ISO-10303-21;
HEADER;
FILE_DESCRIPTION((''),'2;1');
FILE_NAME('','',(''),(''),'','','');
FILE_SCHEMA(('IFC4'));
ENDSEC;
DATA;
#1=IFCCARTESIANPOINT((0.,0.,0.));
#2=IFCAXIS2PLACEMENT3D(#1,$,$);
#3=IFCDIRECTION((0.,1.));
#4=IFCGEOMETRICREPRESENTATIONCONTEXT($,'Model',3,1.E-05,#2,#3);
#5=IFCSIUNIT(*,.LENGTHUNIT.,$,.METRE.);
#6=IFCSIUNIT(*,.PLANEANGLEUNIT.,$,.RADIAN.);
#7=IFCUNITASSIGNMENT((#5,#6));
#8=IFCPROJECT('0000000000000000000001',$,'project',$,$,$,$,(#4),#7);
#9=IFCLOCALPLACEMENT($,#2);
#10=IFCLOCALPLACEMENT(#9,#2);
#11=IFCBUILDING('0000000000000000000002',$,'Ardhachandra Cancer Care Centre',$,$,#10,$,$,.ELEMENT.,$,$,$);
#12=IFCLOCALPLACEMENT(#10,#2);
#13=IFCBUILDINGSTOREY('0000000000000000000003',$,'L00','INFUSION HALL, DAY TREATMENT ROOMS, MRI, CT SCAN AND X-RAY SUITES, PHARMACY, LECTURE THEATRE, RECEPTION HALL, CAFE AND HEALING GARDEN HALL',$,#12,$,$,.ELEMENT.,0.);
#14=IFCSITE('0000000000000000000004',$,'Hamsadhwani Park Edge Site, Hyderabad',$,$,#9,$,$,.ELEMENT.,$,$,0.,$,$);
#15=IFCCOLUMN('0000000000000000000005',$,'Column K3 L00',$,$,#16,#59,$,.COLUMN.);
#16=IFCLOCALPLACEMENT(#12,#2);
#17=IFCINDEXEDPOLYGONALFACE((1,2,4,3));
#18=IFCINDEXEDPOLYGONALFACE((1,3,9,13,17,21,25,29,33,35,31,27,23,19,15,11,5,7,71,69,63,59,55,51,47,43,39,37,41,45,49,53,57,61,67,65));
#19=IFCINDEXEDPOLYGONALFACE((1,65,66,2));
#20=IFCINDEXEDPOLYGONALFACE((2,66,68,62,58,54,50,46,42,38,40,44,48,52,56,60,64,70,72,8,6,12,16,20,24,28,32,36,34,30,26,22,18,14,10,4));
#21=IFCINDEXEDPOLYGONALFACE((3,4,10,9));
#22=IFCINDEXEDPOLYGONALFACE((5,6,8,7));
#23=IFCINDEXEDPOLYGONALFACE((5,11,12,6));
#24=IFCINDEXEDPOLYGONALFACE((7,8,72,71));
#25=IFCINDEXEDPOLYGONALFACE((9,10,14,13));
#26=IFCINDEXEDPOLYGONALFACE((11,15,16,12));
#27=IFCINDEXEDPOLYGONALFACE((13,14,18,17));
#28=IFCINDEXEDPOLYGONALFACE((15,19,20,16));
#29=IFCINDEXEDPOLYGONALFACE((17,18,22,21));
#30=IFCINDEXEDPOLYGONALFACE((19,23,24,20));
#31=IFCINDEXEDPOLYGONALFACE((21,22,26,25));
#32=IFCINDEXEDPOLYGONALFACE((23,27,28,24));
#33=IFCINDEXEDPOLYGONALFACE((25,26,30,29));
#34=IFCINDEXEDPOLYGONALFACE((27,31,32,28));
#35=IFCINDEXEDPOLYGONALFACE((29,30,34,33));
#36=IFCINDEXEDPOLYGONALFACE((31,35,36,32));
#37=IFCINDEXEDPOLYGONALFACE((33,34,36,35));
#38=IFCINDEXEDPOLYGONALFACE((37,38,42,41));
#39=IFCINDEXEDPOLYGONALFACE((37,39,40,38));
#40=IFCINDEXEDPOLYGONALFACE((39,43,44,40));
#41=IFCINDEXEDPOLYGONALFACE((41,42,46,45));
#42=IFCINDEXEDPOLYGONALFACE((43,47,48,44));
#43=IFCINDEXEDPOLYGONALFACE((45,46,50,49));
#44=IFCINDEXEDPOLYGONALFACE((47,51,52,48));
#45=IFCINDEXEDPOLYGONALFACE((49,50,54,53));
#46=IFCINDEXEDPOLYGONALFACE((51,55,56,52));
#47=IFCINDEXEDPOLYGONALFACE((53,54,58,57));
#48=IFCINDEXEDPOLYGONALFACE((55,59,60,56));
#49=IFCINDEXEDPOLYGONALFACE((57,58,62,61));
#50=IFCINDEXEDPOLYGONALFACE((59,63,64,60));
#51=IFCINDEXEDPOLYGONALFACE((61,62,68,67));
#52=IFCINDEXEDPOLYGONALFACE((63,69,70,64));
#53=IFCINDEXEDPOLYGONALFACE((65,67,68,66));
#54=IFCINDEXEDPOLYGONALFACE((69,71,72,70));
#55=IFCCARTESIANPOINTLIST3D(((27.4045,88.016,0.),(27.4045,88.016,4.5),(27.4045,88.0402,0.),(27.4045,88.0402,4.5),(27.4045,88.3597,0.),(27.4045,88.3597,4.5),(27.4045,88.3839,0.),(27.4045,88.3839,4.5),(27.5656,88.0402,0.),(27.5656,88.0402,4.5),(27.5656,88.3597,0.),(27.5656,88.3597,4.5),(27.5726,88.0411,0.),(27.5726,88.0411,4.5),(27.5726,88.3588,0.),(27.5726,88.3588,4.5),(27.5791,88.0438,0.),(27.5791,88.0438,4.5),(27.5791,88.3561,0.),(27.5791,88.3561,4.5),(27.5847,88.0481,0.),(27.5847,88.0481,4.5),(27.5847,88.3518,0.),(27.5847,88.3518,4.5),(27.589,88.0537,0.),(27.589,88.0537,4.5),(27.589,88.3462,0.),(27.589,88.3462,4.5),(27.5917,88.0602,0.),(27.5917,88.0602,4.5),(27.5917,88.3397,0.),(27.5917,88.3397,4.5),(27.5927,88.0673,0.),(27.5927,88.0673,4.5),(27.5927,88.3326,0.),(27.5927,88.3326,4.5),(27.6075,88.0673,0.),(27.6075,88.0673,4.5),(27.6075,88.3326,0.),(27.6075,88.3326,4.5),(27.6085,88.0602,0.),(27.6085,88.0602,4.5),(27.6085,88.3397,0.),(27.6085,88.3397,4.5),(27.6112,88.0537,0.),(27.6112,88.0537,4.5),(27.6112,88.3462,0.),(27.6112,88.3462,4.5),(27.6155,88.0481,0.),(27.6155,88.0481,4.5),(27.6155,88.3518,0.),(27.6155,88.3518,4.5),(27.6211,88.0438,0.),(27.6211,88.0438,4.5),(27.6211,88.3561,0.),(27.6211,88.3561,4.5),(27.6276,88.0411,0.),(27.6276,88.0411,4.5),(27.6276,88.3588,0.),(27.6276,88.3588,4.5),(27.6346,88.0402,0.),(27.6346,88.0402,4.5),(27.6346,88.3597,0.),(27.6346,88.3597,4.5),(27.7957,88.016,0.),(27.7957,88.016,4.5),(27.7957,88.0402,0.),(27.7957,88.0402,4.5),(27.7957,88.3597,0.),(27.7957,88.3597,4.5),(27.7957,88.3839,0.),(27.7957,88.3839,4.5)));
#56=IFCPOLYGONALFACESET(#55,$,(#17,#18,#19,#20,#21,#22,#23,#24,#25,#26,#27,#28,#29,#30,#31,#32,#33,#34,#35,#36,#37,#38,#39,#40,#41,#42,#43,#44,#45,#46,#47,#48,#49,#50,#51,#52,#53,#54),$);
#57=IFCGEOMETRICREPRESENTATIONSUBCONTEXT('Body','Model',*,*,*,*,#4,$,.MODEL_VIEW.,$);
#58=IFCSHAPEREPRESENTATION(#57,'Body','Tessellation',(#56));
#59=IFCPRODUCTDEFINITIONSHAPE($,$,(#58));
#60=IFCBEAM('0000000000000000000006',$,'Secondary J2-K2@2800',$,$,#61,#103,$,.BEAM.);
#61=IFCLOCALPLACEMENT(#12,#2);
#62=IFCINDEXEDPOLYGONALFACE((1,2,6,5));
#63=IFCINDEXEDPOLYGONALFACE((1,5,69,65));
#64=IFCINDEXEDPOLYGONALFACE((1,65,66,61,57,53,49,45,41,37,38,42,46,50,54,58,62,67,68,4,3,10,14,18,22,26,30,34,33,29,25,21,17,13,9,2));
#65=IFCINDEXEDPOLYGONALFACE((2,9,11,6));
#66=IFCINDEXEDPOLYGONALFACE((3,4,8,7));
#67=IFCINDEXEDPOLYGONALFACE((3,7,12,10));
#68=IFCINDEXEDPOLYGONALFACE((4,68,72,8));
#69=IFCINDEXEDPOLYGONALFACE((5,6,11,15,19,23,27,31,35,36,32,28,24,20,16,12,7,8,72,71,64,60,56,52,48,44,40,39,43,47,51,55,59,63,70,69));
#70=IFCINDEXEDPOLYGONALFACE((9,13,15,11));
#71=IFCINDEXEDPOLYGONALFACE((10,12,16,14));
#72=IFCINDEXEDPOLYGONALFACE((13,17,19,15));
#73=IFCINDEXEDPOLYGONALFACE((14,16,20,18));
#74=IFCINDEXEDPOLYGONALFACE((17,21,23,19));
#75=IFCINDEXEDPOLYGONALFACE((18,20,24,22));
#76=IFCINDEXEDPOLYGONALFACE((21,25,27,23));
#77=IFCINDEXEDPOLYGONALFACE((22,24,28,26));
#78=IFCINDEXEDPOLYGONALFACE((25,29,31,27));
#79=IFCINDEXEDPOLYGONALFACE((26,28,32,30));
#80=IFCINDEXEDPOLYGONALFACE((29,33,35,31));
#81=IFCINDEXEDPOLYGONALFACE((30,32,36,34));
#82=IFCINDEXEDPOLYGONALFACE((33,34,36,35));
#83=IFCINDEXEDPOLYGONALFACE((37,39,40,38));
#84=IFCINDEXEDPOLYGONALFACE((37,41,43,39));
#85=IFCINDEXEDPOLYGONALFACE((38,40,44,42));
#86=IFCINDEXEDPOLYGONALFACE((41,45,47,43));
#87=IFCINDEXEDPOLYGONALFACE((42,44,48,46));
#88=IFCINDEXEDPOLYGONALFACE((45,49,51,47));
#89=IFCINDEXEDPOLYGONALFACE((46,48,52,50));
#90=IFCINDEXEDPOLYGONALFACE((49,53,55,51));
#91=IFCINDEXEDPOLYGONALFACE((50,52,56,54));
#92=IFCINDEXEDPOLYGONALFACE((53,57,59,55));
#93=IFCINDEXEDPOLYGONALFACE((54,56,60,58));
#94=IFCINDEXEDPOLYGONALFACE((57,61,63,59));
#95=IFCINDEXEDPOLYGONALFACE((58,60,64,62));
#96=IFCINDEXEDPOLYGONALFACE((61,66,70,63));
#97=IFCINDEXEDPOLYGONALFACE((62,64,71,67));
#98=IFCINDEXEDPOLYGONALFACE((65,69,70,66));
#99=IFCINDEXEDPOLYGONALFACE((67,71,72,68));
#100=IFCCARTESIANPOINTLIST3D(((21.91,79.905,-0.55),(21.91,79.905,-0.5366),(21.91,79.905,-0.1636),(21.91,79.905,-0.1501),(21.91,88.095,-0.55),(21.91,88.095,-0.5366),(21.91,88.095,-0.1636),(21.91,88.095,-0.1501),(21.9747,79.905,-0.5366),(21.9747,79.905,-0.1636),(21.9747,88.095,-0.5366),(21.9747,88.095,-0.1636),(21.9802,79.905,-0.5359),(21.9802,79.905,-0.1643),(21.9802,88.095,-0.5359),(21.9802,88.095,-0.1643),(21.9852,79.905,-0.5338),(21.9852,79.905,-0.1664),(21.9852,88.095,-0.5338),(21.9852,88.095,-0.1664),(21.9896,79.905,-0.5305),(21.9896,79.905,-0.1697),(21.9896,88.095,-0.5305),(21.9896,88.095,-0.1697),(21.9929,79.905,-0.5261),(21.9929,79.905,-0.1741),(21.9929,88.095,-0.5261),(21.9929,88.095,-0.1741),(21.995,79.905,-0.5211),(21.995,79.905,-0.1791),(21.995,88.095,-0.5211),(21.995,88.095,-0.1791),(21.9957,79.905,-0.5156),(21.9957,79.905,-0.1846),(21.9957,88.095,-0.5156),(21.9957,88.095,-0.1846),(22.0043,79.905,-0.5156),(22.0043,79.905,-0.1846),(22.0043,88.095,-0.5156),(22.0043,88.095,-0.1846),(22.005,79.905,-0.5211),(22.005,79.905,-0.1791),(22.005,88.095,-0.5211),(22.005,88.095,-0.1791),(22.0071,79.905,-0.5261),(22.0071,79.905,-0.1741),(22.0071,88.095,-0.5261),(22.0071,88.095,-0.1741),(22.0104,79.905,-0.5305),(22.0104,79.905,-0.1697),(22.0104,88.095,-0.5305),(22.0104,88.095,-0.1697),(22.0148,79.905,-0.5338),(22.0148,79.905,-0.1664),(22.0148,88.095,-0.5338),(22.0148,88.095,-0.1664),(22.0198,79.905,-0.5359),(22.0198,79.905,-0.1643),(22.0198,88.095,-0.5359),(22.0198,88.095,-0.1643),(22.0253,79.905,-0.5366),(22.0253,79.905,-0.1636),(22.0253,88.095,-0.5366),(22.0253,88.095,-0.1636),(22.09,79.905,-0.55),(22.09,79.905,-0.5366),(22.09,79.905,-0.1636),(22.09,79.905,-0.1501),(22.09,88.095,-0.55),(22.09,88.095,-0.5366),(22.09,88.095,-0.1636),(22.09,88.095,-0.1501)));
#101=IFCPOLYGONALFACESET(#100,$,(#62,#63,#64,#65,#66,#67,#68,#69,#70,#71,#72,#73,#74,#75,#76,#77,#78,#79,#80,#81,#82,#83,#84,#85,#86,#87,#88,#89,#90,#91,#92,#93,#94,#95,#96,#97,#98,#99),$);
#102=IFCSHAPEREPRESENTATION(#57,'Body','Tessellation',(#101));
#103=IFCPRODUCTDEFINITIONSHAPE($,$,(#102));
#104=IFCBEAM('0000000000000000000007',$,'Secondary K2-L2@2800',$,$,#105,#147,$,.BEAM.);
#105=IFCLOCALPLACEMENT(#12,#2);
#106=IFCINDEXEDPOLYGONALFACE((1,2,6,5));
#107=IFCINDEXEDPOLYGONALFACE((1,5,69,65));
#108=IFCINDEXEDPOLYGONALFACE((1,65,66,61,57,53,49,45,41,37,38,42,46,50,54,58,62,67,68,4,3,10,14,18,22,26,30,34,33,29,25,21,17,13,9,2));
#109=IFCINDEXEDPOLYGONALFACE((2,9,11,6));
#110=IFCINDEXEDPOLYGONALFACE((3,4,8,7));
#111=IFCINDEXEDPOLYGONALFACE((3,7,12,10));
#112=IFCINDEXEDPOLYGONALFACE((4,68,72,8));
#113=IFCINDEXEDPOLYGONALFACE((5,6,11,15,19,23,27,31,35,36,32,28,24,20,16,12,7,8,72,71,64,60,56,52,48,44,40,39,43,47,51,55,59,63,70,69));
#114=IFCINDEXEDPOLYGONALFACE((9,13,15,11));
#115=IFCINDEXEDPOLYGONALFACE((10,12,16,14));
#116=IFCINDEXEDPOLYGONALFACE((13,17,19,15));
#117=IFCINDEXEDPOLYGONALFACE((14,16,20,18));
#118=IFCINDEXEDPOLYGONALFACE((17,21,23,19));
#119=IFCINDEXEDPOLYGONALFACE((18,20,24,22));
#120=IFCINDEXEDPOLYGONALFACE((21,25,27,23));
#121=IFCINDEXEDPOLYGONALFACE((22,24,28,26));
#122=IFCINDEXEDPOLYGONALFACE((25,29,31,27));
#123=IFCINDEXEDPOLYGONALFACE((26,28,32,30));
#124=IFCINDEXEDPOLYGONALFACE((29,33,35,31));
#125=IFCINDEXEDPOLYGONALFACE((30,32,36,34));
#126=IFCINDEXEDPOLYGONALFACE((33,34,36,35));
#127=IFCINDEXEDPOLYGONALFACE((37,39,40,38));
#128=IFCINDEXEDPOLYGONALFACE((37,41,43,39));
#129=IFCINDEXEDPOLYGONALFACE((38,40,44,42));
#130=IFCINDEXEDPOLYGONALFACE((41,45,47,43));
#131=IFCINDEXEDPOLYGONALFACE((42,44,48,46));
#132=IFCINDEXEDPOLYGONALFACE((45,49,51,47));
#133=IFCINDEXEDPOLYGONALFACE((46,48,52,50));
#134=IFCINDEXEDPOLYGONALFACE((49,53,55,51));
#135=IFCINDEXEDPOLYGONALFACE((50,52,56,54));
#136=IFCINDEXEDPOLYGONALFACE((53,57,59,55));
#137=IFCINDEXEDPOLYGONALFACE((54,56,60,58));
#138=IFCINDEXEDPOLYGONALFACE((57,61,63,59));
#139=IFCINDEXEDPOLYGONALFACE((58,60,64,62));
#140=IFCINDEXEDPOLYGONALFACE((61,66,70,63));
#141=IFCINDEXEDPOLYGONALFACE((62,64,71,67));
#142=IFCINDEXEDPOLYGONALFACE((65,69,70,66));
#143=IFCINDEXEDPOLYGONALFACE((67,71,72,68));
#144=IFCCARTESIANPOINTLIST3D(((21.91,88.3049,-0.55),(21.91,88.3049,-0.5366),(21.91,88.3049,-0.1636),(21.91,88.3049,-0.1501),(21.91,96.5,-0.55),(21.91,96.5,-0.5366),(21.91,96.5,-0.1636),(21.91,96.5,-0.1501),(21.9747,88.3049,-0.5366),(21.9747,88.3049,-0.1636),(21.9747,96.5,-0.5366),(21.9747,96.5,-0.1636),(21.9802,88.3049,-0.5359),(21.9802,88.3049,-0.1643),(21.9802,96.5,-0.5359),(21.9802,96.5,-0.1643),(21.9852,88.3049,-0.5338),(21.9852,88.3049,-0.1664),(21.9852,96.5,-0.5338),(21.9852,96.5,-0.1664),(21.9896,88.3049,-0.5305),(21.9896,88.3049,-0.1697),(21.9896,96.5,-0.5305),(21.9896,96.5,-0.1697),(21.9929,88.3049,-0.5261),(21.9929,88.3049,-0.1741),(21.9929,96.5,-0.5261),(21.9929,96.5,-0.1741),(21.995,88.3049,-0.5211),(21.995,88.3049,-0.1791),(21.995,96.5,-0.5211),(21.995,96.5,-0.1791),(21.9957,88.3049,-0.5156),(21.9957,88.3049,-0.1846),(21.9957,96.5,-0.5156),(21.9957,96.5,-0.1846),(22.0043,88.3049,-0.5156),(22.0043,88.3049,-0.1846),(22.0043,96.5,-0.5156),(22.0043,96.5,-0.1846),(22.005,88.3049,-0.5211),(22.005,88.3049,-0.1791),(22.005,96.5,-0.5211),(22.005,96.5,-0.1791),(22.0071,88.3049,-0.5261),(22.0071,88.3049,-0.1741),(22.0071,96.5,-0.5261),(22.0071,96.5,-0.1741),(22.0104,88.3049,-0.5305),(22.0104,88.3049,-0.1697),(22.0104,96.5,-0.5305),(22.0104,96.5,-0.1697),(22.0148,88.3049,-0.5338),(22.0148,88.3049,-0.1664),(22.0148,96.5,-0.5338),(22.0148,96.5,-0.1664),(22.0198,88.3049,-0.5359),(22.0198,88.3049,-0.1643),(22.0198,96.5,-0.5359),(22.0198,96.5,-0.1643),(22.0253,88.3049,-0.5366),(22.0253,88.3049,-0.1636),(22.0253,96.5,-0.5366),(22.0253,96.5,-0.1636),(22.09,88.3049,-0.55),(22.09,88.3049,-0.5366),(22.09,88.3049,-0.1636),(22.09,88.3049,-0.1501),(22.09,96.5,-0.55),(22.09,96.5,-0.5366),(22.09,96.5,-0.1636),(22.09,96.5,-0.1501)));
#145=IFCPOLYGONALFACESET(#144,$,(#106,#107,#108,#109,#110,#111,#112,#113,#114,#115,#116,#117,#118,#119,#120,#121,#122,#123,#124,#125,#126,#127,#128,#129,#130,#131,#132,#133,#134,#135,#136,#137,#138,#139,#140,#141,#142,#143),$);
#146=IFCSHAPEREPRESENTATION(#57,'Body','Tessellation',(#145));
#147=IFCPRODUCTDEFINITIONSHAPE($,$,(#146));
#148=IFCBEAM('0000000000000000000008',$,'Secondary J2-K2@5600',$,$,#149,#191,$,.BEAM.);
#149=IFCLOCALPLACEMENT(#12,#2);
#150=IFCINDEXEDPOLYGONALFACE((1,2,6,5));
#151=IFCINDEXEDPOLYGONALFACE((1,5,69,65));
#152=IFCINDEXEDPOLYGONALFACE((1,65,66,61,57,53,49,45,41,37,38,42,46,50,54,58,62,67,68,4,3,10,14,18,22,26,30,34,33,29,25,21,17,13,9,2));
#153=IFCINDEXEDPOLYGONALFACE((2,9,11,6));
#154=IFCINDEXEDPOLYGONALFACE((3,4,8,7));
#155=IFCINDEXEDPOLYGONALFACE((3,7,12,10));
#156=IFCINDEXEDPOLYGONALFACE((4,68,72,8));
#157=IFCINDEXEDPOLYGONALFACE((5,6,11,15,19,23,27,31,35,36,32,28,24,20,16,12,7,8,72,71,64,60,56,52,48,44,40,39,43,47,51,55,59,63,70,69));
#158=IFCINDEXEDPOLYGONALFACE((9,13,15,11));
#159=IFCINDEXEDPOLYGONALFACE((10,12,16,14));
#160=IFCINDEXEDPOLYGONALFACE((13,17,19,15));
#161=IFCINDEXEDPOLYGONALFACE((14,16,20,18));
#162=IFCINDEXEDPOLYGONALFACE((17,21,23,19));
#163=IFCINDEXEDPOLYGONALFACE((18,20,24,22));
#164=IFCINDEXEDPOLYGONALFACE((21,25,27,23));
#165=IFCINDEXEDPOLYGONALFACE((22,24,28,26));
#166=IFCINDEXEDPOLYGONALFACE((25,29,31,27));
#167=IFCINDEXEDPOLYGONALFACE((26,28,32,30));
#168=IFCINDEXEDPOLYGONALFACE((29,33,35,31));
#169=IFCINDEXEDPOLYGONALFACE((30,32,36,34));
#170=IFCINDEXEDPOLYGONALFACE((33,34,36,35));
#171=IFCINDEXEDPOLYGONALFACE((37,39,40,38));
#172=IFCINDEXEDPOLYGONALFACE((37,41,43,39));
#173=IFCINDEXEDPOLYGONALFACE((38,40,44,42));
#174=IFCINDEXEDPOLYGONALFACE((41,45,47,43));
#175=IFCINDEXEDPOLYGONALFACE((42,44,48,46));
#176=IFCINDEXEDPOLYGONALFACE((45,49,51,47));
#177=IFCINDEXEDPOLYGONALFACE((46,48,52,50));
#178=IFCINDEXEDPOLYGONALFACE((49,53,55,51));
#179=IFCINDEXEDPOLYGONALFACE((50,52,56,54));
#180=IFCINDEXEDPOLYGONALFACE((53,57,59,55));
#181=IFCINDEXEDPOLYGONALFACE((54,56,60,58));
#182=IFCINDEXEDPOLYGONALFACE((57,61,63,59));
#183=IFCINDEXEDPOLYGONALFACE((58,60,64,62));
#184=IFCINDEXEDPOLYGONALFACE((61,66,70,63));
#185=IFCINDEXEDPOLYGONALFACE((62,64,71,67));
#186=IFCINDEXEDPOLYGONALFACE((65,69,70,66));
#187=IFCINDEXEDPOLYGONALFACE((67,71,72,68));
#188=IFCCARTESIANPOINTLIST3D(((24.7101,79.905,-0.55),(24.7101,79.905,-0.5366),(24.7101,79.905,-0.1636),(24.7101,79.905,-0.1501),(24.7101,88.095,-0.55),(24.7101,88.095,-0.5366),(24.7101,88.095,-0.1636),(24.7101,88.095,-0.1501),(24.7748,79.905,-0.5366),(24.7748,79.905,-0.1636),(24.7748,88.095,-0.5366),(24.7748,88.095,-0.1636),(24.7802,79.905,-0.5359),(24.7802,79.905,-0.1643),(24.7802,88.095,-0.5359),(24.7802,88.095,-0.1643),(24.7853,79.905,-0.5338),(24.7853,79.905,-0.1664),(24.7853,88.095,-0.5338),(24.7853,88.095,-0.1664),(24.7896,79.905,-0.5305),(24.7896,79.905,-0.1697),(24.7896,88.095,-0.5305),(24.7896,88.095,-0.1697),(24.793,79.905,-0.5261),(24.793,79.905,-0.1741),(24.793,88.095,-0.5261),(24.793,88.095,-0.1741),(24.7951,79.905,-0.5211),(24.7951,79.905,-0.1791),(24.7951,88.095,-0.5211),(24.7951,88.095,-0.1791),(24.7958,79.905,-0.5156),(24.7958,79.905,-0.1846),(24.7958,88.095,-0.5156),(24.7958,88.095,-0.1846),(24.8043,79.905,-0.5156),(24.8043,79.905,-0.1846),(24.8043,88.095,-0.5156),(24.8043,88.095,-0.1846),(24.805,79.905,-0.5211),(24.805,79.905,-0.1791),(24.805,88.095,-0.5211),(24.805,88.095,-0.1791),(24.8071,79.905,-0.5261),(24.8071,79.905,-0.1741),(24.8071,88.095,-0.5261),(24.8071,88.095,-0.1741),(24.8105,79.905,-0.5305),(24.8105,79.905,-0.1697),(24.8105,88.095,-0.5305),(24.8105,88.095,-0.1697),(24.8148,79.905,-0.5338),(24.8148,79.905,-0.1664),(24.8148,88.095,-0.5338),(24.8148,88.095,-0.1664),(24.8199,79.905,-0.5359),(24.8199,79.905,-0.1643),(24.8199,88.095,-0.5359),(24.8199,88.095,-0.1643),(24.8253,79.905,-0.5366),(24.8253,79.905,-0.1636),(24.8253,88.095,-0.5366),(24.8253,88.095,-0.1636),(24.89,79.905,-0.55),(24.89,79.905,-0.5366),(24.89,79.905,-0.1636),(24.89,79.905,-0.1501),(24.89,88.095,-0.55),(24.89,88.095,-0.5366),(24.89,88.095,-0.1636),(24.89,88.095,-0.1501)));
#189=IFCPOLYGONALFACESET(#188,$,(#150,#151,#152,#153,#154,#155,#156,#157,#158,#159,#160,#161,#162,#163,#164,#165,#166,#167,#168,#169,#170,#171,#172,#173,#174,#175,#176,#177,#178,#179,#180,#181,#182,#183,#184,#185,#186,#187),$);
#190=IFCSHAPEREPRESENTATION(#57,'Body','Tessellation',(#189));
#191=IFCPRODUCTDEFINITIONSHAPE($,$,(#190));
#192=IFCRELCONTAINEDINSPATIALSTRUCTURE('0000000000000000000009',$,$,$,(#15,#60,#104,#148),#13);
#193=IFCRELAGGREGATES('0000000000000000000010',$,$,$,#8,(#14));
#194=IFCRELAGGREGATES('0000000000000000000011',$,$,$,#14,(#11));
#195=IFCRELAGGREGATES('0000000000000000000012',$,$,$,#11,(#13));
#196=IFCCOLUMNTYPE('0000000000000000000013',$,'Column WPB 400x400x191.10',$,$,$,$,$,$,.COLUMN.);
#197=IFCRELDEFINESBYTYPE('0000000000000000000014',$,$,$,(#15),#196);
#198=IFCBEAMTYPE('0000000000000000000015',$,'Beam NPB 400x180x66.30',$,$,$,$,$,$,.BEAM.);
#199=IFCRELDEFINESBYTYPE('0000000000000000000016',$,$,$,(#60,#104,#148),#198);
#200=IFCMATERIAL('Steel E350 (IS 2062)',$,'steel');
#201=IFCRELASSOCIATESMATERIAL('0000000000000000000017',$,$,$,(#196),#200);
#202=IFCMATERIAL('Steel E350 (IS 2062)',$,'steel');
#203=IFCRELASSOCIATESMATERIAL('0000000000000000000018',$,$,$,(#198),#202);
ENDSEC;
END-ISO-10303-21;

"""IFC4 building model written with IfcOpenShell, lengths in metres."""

from ifc_helpers import new_model, si_unit, direction, frame, origin, origin_2d, place, context, subcontext, project, spatial, i_section, extrude, material, material_profile, profile_set, type_object, element, save


model = new_model("IFC4")

# Units and contexts
model_context = context("Model", 3, precision=1e-05, world=origin(), true_north=direction((0.0, 1.0)))
body_context = subcontext(model_context, "Body", "Model", "MODEL_VIEW")
ifc_project = project(units=[si_unit("LENGTHUNIT", "METRE"), si_unit("PLANEANGLEUNIT", "RADIAN")], contexts=[model_context])

# Site, building, storey
site_placement = place(None, origin())
site = spatial("IfcSite", under=ifc_project, at=site_placement, Name="Hamsadhwani Park Edge Site, Hyderabad", CompositionType="ELEMENT", RefElevation=0.0)
building_placement = place(site_placement, origin())
building = spatial("IfcBuilding", under=site, at=building_placement, Name="Ardhachandra Cancer Care Centre", CompositionType="ELEMENT")
storey_placement = place(building_placement, origin())
storey = spatial("IfcBuildingStorey", under=building, at=storey_placement, Name="L00", Description="INFUSION HALL, DAY TREATMENT ROOMS, MRI, CT SCAN AND X-RAY SUITES, PHARMACY, LECTURE THEATRE, RECEPTION HALL, CAFE AND HEALING GARDEN HALL", CompositionType="ELEMENT", Elevation=0.0)

# Column
ifc_material_1 = material(Name="Steel E350 (IS 2062)", Category="steel")
ifc_material_profile_1 = material_profile(ifc_material_1, i_section(OverallWidth=0.3911, OverallDepth=0.3679, WebThickness=0.0149, FlangeThickness=0.0242, FilletRadius=0.0271, at=origin_2d()), Name="WPB 400x400x191.10")
ifc_profile_set_1 = profile_set([ifc_material_profile_1], Name="Steel E350 (IS 2062)")
column_type = type_object("IfcColumnType", Name="Column WPB 400x400x191.10", PredefinedType="COLUMN", material=ifc_profile_set_1)
column_placement = place(storey_placement, frame((27.6001, 88.2, 0.0), z_axis=(0.0, 0.0, 1.0), x_axis=(1.0, 0.0, 0.0)))
element("IfcColumn", 1, at=column_placement, inside=storey, type_object=column_type, Name="Column K3 L00", PredefinedType="COLUMN", context=body_context, shape_type="SweptSolid", body=[
    extrude(i_section(OverallWidth=0.3911, OverallDepth=0.3679, WebThickness=0.0149, FlangeThickness=0.0242, FilletRadius=0.0271, at=origin_2d()), origin(), (0.0, 0.0, 1.0), 4.5),
])

# Beams
ifc_material_2 = material(Name="Steel E350 (IS 2062)", Category="steel")
ifc_material_profile_2 = material_profile(ifc_material_2, i_section(OverallWidth=0.1799, OverallDepth=0.3999, WebThickness=0.0085, FlangeThickness=0.0134, FilletRadius=0.021, at=origin_2d()), Name="NPB 400x180x66.30")
ifc_profile_set_2 = profile_set([ifc_material_profile_2], Name="Steel E350 (IS 2062)")
beam_type_1 = type_object("IfcBeamType", Name="Beam NPB 400x180x66.30", PredefinedType="BEAM", material=ifc_profile_set_2)
beam_1_placement = place(storey_placement, frame((22.0, 79.905, -0.3501), z_axis=(0.0, 1.0, 0.0), x_axis=(-1.0, 0.0, 0.0)))
element("IfcBeam", 2, at=beam_1_placement, inside=storey, type_object=beam_type_1, Name="Secondary J2-K2@2800", PredefinedType="BEAM", context=body_context, shape_type="SweptSolid", body=[
    extrude(i_section(OverallWidth=0.1799, OverallDepth=0.3999, WebThickness=0.0085, FlangeThickness=0.0134, FilletRadius=0.021, at=origin_2d()), origin(), (0.0, 0.0, 1.0), 8.1899),
])
beam_2_placement = place(storey_placement, frame((22.0, 88.3049, -0.3501), z_axis=(0.0, 1.0, 0.0), x_axis=(-1.0, 0.0, 0.0)))
element("IfcBeam", 3, at=beam_2_placement, inside=storey, type_object=beam_type_1, Name="Secondary K2-L2@2800", PredefinedType="BEAM", context=body_context, shape_type="SweptSolid", body=[
    extrude(i_section(OverallWidth=0.1799, OverallDepth=0.3999, WebThickness=0.0085, FlangeThickness=0.0134, FilletRadius=0.021, at=origin_2d()), origin(), (0.0, 0.0, 1.0), 8.1951),
])
beam_3_placement = place(storey_placement, frame((24.8, 79.905, -0.3501), z_axis=(0.0, 1.0, 0.0), x_axis=(-1.0, 0.0, 0.0)))
element("IfcBeam", 4, at=beam_3_placement, inside=storey, type_object=beam_type_1, Name="Secondary J2-K2@5600", PredefinedType="BEAM", context=body_context, shape_type="SweptSolid", body=[
    extrude(i_section(OverallWidth=0.1799, OverallDepth=0.3999, WebThickness=0.0085, FlangeThickness=0.0134, FilletRadius=0.021, at=origin_2d()), origin(), (0.0, 0.0, 1.0), 8.1899),
])

save(model, "model.ifc")
